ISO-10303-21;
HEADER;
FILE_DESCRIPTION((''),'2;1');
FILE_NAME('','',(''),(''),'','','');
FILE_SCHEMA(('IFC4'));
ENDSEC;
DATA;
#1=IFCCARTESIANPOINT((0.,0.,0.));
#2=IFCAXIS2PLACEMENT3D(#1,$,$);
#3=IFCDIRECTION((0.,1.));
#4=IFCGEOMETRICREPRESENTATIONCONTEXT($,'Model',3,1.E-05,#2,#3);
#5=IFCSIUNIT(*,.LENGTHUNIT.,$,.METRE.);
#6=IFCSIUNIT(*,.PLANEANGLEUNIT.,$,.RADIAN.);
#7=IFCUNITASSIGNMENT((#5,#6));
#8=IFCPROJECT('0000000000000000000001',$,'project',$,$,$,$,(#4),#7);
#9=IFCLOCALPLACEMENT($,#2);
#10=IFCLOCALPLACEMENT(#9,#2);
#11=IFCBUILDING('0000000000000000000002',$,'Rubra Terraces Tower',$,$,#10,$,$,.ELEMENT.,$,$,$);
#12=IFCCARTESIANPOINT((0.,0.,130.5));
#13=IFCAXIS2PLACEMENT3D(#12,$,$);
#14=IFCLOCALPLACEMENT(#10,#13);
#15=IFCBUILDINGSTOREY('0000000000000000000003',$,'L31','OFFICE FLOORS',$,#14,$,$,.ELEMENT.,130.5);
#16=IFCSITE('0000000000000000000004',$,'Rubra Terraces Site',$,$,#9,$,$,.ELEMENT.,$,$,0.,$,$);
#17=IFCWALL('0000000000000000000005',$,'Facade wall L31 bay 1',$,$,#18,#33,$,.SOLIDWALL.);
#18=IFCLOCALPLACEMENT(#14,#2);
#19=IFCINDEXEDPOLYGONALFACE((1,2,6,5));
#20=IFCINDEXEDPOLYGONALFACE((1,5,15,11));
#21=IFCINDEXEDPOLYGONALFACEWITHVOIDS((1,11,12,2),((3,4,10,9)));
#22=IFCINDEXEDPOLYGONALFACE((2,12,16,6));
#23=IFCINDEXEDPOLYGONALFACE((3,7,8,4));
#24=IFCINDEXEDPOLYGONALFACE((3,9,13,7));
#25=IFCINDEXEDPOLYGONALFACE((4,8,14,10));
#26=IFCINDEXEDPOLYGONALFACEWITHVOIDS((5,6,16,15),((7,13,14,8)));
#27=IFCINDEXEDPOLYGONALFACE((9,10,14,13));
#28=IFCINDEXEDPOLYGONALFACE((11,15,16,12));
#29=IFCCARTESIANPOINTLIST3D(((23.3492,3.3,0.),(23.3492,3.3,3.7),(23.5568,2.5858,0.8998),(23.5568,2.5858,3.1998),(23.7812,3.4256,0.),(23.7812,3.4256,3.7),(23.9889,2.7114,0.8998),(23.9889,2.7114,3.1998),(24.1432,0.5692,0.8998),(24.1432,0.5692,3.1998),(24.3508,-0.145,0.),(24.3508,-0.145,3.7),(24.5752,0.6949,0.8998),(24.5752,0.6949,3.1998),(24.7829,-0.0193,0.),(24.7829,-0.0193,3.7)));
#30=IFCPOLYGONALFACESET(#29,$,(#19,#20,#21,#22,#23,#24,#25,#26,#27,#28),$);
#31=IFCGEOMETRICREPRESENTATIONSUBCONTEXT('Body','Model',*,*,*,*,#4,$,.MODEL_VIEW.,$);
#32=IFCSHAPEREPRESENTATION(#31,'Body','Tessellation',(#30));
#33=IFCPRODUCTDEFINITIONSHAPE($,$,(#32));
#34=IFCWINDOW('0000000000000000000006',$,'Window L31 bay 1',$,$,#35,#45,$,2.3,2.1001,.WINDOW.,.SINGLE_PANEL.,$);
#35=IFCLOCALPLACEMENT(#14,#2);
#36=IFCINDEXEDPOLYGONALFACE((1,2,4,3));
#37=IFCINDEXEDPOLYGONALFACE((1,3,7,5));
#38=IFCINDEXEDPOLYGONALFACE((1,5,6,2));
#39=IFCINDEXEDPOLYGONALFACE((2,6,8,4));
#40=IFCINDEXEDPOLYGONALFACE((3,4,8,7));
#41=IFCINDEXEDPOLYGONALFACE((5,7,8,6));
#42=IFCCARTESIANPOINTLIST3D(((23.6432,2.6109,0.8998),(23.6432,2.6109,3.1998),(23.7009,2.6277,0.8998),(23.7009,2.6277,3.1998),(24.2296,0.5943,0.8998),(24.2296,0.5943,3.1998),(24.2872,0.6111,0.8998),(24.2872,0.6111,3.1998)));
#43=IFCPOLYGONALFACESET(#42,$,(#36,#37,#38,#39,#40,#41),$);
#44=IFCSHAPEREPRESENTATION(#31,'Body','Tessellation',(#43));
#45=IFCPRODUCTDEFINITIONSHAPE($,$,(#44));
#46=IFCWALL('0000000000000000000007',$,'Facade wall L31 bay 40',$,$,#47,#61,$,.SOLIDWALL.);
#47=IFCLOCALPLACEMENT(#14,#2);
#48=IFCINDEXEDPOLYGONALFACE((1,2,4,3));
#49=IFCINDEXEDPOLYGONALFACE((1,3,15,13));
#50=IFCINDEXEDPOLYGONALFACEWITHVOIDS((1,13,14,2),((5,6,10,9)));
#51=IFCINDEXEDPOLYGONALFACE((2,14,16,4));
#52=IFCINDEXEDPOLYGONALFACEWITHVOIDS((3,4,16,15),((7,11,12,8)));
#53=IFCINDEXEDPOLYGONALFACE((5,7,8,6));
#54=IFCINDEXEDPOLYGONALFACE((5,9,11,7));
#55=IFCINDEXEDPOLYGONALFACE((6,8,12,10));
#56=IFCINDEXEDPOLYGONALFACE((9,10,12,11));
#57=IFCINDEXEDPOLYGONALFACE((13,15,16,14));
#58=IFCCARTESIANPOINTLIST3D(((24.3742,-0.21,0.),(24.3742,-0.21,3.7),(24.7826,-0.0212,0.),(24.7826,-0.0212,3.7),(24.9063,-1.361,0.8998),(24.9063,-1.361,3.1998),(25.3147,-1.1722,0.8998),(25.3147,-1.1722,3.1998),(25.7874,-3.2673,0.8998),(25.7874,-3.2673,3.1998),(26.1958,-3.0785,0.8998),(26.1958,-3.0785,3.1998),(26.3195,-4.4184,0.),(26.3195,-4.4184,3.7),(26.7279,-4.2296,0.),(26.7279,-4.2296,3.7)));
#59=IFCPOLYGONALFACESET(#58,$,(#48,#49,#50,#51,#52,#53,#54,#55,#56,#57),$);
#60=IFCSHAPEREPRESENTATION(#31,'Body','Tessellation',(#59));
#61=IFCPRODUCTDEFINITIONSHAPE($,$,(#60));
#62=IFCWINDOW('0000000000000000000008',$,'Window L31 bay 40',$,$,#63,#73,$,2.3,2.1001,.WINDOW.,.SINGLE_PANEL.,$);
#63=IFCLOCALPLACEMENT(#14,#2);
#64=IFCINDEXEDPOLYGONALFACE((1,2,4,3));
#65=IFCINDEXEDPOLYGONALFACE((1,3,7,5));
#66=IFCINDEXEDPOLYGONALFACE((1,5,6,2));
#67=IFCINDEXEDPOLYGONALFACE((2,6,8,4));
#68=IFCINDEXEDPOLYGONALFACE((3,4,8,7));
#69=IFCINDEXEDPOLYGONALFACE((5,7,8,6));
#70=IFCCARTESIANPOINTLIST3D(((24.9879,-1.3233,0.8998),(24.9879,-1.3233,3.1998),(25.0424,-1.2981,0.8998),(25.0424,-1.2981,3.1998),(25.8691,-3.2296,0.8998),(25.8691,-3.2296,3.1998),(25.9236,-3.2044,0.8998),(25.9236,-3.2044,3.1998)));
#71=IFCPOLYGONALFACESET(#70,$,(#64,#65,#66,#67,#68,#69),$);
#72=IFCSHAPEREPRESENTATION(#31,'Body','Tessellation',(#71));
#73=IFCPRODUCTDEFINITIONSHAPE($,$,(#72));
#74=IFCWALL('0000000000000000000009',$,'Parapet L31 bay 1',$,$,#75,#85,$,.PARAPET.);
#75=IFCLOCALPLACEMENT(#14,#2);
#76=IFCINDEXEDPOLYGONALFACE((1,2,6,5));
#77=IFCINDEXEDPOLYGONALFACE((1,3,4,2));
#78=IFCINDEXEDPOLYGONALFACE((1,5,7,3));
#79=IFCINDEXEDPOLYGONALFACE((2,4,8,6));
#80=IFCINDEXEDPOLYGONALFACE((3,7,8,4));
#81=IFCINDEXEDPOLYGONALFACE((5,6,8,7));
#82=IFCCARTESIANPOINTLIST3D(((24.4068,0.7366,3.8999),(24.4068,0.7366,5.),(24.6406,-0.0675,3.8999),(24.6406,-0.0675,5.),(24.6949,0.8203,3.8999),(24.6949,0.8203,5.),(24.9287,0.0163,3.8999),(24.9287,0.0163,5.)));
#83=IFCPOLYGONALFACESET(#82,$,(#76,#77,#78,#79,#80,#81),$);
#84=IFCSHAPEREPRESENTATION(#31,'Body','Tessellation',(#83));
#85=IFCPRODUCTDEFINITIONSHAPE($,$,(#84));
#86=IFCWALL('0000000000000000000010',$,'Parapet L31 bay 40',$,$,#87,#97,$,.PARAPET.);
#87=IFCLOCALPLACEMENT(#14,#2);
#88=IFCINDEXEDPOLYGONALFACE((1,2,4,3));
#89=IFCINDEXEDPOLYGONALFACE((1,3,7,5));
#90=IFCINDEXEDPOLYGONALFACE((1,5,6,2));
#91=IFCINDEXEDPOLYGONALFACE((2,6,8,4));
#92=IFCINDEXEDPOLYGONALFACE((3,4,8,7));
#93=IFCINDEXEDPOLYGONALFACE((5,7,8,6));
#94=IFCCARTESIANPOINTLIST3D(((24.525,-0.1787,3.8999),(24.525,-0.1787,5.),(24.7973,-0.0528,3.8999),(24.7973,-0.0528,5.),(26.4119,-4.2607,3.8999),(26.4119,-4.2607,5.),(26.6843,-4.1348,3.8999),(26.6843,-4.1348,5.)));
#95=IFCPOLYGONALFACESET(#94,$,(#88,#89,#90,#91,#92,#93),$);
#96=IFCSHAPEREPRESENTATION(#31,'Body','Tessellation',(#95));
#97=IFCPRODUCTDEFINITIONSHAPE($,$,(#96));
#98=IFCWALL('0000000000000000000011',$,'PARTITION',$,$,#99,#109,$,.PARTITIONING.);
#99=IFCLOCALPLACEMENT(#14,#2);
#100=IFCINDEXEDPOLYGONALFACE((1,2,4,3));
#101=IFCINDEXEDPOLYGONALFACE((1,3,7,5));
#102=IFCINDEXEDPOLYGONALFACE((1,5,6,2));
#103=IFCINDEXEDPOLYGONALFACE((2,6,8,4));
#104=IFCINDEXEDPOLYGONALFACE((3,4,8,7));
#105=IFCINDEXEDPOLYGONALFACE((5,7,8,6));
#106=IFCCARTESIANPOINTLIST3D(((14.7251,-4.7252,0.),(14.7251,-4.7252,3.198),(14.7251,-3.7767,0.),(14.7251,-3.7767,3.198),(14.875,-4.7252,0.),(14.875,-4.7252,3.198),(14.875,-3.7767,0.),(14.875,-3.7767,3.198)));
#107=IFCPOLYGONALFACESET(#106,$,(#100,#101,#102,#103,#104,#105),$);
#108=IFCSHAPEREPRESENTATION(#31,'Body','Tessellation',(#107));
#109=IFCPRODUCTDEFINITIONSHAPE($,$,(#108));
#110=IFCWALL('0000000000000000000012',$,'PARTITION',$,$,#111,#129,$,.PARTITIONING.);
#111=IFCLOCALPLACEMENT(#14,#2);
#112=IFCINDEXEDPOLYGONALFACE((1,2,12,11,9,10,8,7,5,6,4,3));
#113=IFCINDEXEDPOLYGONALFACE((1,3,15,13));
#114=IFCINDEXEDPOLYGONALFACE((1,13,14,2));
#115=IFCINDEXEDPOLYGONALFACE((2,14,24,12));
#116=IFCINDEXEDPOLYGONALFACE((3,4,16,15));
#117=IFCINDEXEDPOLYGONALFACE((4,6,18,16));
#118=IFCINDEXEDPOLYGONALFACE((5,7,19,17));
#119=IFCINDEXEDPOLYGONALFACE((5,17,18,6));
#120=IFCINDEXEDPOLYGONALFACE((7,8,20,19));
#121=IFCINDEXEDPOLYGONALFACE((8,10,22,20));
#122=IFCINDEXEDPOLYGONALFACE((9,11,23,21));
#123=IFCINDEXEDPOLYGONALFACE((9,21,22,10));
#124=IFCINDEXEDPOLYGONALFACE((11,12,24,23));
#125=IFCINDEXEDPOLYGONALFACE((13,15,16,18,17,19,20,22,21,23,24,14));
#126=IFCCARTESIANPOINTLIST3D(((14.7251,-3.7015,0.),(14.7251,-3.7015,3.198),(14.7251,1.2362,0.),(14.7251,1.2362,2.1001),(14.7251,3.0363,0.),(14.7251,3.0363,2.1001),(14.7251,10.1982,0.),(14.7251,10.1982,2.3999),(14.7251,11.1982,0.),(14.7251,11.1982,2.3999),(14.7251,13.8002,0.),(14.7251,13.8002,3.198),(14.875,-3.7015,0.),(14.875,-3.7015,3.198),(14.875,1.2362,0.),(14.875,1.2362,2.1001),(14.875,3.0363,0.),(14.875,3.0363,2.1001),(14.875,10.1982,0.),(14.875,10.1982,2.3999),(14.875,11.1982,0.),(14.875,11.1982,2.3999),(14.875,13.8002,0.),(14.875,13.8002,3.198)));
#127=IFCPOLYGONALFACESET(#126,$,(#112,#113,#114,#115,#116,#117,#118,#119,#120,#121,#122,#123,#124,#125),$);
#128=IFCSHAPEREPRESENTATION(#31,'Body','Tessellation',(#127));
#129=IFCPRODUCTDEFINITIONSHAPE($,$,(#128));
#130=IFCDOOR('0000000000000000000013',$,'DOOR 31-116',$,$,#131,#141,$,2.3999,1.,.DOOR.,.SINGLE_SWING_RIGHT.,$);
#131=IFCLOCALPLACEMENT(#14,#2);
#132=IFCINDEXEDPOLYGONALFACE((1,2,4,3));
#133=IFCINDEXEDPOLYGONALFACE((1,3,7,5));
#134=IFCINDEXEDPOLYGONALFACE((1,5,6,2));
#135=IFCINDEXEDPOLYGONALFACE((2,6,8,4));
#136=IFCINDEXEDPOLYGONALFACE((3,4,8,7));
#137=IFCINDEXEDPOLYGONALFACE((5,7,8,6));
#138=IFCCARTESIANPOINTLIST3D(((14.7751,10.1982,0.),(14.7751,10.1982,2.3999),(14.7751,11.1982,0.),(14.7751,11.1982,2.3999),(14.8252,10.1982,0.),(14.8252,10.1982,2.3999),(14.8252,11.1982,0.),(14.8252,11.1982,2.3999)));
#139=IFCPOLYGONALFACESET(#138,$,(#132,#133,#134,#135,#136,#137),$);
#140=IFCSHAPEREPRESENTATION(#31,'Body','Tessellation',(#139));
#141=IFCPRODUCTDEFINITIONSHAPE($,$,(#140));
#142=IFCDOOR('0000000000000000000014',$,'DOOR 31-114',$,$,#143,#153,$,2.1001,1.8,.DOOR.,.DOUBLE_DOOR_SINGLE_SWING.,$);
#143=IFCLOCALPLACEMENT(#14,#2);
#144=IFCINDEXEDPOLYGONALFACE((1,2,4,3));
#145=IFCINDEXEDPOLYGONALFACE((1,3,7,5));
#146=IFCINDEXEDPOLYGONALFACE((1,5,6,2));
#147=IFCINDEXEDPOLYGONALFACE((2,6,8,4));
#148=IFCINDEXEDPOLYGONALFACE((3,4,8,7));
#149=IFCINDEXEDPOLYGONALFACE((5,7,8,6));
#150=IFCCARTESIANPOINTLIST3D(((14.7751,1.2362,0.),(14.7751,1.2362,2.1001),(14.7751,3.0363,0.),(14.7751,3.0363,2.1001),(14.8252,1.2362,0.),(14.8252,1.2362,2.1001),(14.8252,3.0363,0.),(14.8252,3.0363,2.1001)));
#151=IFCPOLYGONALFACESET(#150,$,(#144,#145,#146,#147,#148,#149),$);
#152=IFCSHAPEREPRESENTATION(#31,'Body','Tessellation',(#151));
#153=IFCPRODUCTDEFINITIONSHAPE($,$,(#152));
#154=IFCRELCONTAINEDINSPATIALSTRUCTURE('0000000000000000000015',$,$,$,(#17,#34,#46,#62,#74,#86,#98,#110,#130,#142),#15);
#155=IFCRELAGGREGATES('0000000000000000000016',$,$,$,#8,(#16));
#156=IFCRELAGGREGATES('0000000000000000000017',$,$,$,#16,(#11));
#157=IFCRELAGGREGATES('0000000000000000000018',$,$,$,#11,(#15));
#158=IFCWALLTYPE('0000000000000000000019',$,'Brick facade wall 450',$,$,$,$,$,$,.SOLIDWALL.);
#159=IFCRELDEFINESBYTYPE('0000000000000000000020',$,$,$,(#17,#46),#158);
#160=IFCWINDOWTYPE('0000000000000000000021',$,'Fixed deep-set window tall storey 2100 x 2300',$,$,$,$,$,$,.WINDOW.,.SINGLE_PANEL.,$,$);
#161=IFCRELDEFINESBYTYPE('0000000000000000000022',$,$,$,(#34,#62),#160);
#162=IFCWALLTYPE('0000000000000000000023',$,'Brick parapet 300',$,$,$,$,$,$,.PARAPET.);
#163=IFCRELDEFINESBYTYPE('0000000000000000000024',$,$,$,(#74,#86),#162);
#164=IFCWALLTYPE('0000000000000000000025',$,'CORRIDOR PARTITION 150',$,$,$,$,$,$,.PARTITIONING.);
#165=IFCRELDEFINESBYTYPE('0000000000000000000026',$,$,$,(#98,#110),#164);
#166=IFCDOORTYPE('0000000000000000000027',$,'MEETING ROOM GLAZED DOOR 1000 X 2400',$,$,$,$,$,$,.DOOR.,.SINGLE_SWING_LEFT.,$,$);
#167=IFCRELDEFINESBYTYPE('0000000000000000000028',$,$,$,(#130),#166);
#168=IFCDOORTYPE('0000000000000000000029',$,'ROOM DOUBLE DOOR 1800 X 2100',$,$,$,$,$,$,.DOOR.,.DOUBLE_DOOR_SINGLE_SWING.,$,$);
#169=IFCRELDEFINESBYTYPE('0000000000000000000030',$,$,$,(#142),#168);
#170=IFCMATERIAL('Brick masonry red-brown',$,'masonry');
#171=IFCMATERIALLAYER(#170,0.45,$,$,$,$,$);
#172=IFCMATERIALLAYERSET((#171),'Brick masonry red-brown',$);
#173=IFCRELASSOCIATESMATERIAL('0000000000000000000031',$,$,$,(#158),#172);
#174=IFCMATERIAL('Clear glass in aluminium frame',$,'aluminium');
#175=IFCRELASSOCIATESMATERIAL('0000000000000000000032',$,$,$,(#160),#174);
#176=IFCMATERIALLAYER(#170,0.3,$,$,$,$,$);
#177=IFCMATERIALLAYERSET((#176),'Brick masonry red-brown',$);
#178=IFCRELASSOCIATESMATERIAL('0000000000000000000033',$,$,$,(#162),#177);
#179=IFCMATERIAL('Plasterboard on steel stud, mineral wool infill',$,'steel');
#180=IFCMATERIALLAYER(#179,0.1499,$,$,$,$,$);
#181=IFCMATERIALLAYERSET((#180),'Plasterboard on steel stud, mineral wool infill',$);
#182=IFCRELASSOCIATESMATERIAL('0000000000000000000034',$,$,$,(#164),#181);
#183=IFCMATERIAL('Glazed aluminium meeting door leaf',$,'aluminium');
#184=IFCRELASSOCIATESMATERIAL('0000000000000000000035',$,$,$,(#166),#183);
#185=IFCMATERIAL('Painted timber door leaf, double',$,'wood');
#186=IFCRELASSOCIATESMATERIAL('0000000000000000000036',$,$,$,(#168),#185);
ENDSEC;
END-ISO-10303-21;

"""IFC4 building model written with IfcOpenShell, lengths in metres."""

from ifc_helpers import new_model, si_unit, direction, frame, frame_2d, origin, place, context, subcontext, project, spatial, rectangle, extrude, material, layer, layer_set, type_object, element, fill, save


model = new_model("IFC4")

# Units and contexts
model_context = context("Model", 3, precision=1e-05, world=origin(), true_north=direction((0.0, 1.0)))
body_context = subcontext(model_context, "Body", "Model", "MODEL_VIEW")
ifc_project = project(units=[si_unit("LENGTHUNIT", "METRE"), si_unit("PLANEANGLEUNIT", "RADIAN")], contexts=[model_context])

# Site, building, storey
site_placement = place(None, origin())
site = spatial("IfcSite", under=ifc_project, at=site_placement, Name="Rubra Terraces Site", CompositionType="ELEMENT", RefElevation=0.0)
building_placement = place(site_placement, origin())
building = spatial("IfcBuilding", under=site, at=building_placement, Name="Rubra Terraces Tower", CompositionType="ELEMENT")
storey_placement = place(building_placement, frame((0.0, 0.0, 130.5)))
storey = spatial("IfcBuildingStorey", under=building, at=storey_placement, Name="L31", Description="OFFICE FLOORS", CompositionType="ELEMENT", Elevation=130.5)

# Walls, openings, windows
ifc_material_1 = material(Name="Brick masonry red-brown", Category="masonry")
ifc_layer_1 = layer(ifc_material_1, 0.45)
ifc_layer_set_1 = layer_set([ifc_layer_1], Name="Brick masonry red-brown")
wall_type_1 = type_object("IfcWallType", Name="Brick facade wall 450", PredefinedType="SOLIDWALL", material=ifc_layer_set_1)
wall_1_placement = place(storey_placement, frame((24.5669, -0.0823, 0.0), z_axis=(0.0, 0.0, 1.0), x_axis=(-0.279203, 0.960232, 0.0)))
wall_1 = element("IfcWall", 1, at=wall_1_placement, inside=storey, type_object=wall_type_1, Name="Facade wall L31 bay 1", PredefinedType="SOLIDWALL", context=body_context, shape_type="SweptSolid", body=[
    extrude(rectangle(XDim=3.5876, YDim=0.45, at=frame_2d((1.7939, 0.0))), origin(), (0.0, 0.0, 1.0), 3.7),
])
opening_1_placement = place(wall_1_placement, frame((0.7439, 0.0, 0.8999)))
opening_1 = element("IfcOpeningElement", 2, at=opening_1_placement, cuts=wall_1, PredefinedType="OPENING", context=body_context, shape_type="SweptSolid", body=[
    extrude(rectangle(XDim=2.1001, YDim=2.3, at=frame_2d((1.05, 1.1499))), frame((0.0, 0.2349, 0.0), z_axis=(0.0, -1.0, 0.0), x_axis=(1.0, 0.0, 0.0)), (0.0, 0.0, 1.0), 0.47),
])
ifc_material_2 = material(Name="Clear glass in aluminium frame", Category="aluminium")
window_type = type_object("IfcWindowType", Name="Fixed deep-set window tall storey 2100 x 2300", PartitioningType="SINGLE_PANEL", PredefinedType="WINDOW", material=ifc_material_2)
window_1_placement = place(opening_1_placement, origin())
window_1 = element("IfcWindow", 3, at=window_1_placement, inside=storey, type_object=window_type, Name="Window L31 bay 1", OverallHeight=2.3, OverallWidth=2.1001, PartitioningType="SINGLE_PANEL", PredefinedType="WINDOW", context=body_context, shape_type="SweptSolid", body=[
    extrude(rectangle(XDim=2.1001, YDim=2.3, at=frame_2d((1.05, 1.1499))), frame((0.0, 0.135, 0.0), z_axis=(0.0, -1.0, 0.0), x_axis=(1.0, 0.0, 0.0)), (0.0, 0.0, 1.0), 0.0601),
])
fill(opening_1, window_1)
wall_2_placement = place(storey_placement, frame((26.5237, -4.324, 0.0), z_axis=(0.0, 0.0, 1.0), x_axis=(-0.419579, 0.907719, 0.0)))
wall_2 = element("IfcWall", 4, at=wall_2_placement, inside=storey, type_object=wall_type_1, Name="Facade wall L31 bay 40", PredefinedType="SOLIDWALL", context=body_context, shape_type="SweptSolid", body=[
    extrude(rectangle(XDim=4.6362, YDim=0.45, at=frame_2d((2.3181, 0.0))), origin(), (0.0, 0.0, 1.0), 3.7),
])
opening_2_placement = place(wall_2_placement, frame((1.2681, 0.0, 0.8999)))
opening_2 = element("IfcOpeningElement", 5, at=opening_2_placement, cuts=wall_2, PredefinedType="OPENING", context=body_context, shape_type="SweptSolid", body=[
    extrude(rectangle(XDim=2.1001, YDim=2.3, at=frame_2d((1.05, 1.1499))), frame((0.0, 0.2349, 0.0), z_axis=(0.0, -1.0, 0.0), x_axis=(1.0, 0.0, 0.0)), (0.0, 0.0, 1.0), 0.47),
])
window_2_placement = place(opening_2_placement, origin())
window_2 = element("IfcWindow", 6, at=window_2_placement, inside=storey, type_object=window_type, Name="Window L31 bay 40", OverallHeight=2.3, OverallWidth=2.1001, PartitioningType="SINGLE_PANEL", PredefinedType="WINDOW", context=body_context, shape_type="SweptSolid", body=[
    extrude(rectangle(XDim=2.1001, YDim=2.3, at=frame_2d((1.05, 1.1499))), frame((0.0, 0.135, 0.0), z_axis=(0.0, -1.0, 0.0), x_axis=(1.0, 0.0, 0.0)), (0.0, 0.0, 1.0), 0.0601),
])
fill(opening_2, window_2)

# Walls
ifc_layer_2 = layer(ifc_material_1, 0.3)
ifc_layer_set_2 = layer_set([ifc_layer_2], Name="Brick masonry red-brown")
wall_type_2 = type_object("IfcWallType", Name="Brick parapet 300", PredefinedType="PARAPET", material=ifc_layer_set_2)
wall_3_placement = place(storey_placement, frame((24.7847, -0.0256, 3.8999), z_axis=(0.0, 0.0, 1.0), x_axis=(-0.279261, 0.960215, 0.0)))
element("IfcWall", 7, at=wall_3_placement, inside=storey, type_object=wall_type_2, Name="Parapet L31 bay 1", PredefinedType="PARAPET", context=body_context, shape_type="SweptSolid", body=[
    extrude(rectangle(XDim=0.8374, YDim=0.3, at=frame_2d((0.4187, 0.0))), origin(), (0.0, 0.0, 1.0), 1.1001),
])
wall_4_placement = place(storey_placement, frame((26.5481, -4.1978, 3.8999), z_axis=(0.0, 0.0, 1.0), x_axis=(-0.419599, 0.90771, 0.0)))
element("IfcWall", 8, at=wall_4_placement, inside=storey, type_object=wall_type_2, Name="Parapet L31 bay 40", PredefinedType="PARAPET", context=body_context, shape_type="SweptSolid", body=[
    extrude(rectangle(XDim=4.4971, YDim=0.3, at=frame_2d((2.2485, 0.0))), origin(), (0.0, 0.0, 1.0), 1.1001),
])
ifc_material_3 = material(Name="Plasterboard on steel stud, mineral wool infill", Category="steel")
ifc_layer_3 = layer(ifc_material_3, 0.1499)
ifc_layer_set_3 = layer_set([ifc_layer_3], Name="Plasterboard on steel stud, mineral wool infill")
wall_type_3 = type_object("IfcWallType", Name="CORRIDOR PARTITION 150", PredefinedType="PARTITIONING", material=ifc_layer_set_3)
wall_5_placement = place(storey_placement, frame((14.8, -4.7251, 0.0), z_axis=(0.0, 0.0, 1.0), x_axis=(0.0, 1.0, 0.0)))
element("IfcWall", 9, at=wall_5_placement, inside=storey, type_object=wall_type_3, Name="PARTITION", PredefinedType="PARTITIONING", context=body_context, shape_type="SweptSolid", body=[
    extrude(rectangle(XDim=0.9485, YDim=0.1499, at=frame_2d((0.4741, 0.0))), origin(), (0.0, 0.0, 1.0), 3.198),
])

# Wall, openings, doors
wall_6_placement = place(storey_placement, frame((14.8, -3.7017, 0.0), z_axis=(0.0, 0.0, 1.0), x_axis=(0.0, 1.0, 0.0)))
wall_6 = element("IfcWall", 10, at=wall_6_placement, inside=storey, type_object=wall_type_3, Name="PARTITION", PredefinedType="PARTITIONING", context=body_context, shape_type="SweptSolid", body=[
    extrude(rectangle(XDim=17.5017, YDim=0.1499, at=frame_2d((8.751, 0.0))), origin(), (0.0, 0.0, 1.0), 3.198),
])
opening_3_placement = place(wall_6_placement, frame((4.938, 0.0, 0.0)))
opening_3 = element("IfcOpeningElement", 11, at=opening_3_placement, cuts=wall_6, PredefinedType="OPENING", context=body_context, shape_type="SweptSolid", body=[
    extrude(rectangle(XDim=1.8, YDim=2.1001, at=frame_2d((0.8999, 1.05))), frame((0.0, 0.085, 0.0), z_axis=(0.0, -1.0, 0.0), x_axis=(1.0, 0.0, 0.0)), (0.0, 0.0, 1.0), 0.1699),
])
opening_4_placement = place(wall_6_placement, frame((13.8999, 0.0, 0.0)))
opening_4 = element("IfcOpeningElement", 12, at=opening_4_placement, cuts=wall_6, PredefinedType="OPENING", context=body_context, shape_type="SweptSolid", body=[
    extrude(rectangle(XDim=1.0, YDim=2.3999, at=frame_2d((0.5, 1.2))), frame((0.0, 0.085, 0.0), z_axis=(0.0, -1.0, 0.0), x_axis=(1.0, 0.0, 0.0)), (0.0, 0.0, 1.0), 0.1699),
])
ifc_material_4 = material(Name="Glazed aluminium meeting door leaf", Category="aluminium")
door_type_1 = type_object("IfcDoorType", Name="MEETING ROOM GLAZED DOOR 1000 X 2400", OperationType="SINGLE_SWING_LEFT", PredefinedType="DOOR", material=ifc_material_4)
door_1_placement = place(opening_4_placement, origin())
door_1 = element("IfcDoor", 13, at=door_1_placement, inside=storey, type_object=door_type_1, Name="DOOR 31-116", OperationType="SINGLE_SWING_RIGHT", OverallHeight=2.3999, OverallWidth=1.0, PredefinedType="DOOR", context=body_context, shape_type="SweptSolid", body=[
    extrude(rectangle(XDim=1.0, YDim=2.3999, at=frame_2d((0.5, 1.2))), frame((0.0, 0.0249, 0.0), z_axis=(0.0, -1.0, 0.0), x_axis=(1.0, 0.0, 0.0)), (0.0, 0.0, 1.0), 0.05),
])
fill(opening_4, door_1)
ifc_material_5 = material(Name="Painted timber door leaf, double", Category="wood")
door_type_2 = type_object("IfcDoorType", Name="ROOM DOUBLE DOOR 1800 X 2100", OperationType="DOUBLE_DOOR_SINGLE_SWING", PredefinedType="DOOR", material=ifc_material_5)
door_2_placement = place(opening_3_placement, origin())
door_2 = element("IfcDoor", 14, at=door_2_placement, inside=storey, type_object=door_type_2, Name="DOOR 31-114", OperationType="DOUBLE_DOOR_SINGLE_SWING", OverallHeight=2.1001, OverallWidth=1.8, PredefinedType="DOOR", context=body_context, shape_type="SweptSolid", body=[
    extrude(rectangle(XDim=1.8, YDim=2.1001, at=frame_2d((0.8999, 1.05))), frame((0.0, 0.0249, 0.0), z_axis=(0.0, -1.0, 0.0), x_axis=(1.0, 0.0, 0.0)), (0.0, 0.0, 1.0), 0.05),
])
fill(opening_3, door_2)

save(model, "model.ifc")
